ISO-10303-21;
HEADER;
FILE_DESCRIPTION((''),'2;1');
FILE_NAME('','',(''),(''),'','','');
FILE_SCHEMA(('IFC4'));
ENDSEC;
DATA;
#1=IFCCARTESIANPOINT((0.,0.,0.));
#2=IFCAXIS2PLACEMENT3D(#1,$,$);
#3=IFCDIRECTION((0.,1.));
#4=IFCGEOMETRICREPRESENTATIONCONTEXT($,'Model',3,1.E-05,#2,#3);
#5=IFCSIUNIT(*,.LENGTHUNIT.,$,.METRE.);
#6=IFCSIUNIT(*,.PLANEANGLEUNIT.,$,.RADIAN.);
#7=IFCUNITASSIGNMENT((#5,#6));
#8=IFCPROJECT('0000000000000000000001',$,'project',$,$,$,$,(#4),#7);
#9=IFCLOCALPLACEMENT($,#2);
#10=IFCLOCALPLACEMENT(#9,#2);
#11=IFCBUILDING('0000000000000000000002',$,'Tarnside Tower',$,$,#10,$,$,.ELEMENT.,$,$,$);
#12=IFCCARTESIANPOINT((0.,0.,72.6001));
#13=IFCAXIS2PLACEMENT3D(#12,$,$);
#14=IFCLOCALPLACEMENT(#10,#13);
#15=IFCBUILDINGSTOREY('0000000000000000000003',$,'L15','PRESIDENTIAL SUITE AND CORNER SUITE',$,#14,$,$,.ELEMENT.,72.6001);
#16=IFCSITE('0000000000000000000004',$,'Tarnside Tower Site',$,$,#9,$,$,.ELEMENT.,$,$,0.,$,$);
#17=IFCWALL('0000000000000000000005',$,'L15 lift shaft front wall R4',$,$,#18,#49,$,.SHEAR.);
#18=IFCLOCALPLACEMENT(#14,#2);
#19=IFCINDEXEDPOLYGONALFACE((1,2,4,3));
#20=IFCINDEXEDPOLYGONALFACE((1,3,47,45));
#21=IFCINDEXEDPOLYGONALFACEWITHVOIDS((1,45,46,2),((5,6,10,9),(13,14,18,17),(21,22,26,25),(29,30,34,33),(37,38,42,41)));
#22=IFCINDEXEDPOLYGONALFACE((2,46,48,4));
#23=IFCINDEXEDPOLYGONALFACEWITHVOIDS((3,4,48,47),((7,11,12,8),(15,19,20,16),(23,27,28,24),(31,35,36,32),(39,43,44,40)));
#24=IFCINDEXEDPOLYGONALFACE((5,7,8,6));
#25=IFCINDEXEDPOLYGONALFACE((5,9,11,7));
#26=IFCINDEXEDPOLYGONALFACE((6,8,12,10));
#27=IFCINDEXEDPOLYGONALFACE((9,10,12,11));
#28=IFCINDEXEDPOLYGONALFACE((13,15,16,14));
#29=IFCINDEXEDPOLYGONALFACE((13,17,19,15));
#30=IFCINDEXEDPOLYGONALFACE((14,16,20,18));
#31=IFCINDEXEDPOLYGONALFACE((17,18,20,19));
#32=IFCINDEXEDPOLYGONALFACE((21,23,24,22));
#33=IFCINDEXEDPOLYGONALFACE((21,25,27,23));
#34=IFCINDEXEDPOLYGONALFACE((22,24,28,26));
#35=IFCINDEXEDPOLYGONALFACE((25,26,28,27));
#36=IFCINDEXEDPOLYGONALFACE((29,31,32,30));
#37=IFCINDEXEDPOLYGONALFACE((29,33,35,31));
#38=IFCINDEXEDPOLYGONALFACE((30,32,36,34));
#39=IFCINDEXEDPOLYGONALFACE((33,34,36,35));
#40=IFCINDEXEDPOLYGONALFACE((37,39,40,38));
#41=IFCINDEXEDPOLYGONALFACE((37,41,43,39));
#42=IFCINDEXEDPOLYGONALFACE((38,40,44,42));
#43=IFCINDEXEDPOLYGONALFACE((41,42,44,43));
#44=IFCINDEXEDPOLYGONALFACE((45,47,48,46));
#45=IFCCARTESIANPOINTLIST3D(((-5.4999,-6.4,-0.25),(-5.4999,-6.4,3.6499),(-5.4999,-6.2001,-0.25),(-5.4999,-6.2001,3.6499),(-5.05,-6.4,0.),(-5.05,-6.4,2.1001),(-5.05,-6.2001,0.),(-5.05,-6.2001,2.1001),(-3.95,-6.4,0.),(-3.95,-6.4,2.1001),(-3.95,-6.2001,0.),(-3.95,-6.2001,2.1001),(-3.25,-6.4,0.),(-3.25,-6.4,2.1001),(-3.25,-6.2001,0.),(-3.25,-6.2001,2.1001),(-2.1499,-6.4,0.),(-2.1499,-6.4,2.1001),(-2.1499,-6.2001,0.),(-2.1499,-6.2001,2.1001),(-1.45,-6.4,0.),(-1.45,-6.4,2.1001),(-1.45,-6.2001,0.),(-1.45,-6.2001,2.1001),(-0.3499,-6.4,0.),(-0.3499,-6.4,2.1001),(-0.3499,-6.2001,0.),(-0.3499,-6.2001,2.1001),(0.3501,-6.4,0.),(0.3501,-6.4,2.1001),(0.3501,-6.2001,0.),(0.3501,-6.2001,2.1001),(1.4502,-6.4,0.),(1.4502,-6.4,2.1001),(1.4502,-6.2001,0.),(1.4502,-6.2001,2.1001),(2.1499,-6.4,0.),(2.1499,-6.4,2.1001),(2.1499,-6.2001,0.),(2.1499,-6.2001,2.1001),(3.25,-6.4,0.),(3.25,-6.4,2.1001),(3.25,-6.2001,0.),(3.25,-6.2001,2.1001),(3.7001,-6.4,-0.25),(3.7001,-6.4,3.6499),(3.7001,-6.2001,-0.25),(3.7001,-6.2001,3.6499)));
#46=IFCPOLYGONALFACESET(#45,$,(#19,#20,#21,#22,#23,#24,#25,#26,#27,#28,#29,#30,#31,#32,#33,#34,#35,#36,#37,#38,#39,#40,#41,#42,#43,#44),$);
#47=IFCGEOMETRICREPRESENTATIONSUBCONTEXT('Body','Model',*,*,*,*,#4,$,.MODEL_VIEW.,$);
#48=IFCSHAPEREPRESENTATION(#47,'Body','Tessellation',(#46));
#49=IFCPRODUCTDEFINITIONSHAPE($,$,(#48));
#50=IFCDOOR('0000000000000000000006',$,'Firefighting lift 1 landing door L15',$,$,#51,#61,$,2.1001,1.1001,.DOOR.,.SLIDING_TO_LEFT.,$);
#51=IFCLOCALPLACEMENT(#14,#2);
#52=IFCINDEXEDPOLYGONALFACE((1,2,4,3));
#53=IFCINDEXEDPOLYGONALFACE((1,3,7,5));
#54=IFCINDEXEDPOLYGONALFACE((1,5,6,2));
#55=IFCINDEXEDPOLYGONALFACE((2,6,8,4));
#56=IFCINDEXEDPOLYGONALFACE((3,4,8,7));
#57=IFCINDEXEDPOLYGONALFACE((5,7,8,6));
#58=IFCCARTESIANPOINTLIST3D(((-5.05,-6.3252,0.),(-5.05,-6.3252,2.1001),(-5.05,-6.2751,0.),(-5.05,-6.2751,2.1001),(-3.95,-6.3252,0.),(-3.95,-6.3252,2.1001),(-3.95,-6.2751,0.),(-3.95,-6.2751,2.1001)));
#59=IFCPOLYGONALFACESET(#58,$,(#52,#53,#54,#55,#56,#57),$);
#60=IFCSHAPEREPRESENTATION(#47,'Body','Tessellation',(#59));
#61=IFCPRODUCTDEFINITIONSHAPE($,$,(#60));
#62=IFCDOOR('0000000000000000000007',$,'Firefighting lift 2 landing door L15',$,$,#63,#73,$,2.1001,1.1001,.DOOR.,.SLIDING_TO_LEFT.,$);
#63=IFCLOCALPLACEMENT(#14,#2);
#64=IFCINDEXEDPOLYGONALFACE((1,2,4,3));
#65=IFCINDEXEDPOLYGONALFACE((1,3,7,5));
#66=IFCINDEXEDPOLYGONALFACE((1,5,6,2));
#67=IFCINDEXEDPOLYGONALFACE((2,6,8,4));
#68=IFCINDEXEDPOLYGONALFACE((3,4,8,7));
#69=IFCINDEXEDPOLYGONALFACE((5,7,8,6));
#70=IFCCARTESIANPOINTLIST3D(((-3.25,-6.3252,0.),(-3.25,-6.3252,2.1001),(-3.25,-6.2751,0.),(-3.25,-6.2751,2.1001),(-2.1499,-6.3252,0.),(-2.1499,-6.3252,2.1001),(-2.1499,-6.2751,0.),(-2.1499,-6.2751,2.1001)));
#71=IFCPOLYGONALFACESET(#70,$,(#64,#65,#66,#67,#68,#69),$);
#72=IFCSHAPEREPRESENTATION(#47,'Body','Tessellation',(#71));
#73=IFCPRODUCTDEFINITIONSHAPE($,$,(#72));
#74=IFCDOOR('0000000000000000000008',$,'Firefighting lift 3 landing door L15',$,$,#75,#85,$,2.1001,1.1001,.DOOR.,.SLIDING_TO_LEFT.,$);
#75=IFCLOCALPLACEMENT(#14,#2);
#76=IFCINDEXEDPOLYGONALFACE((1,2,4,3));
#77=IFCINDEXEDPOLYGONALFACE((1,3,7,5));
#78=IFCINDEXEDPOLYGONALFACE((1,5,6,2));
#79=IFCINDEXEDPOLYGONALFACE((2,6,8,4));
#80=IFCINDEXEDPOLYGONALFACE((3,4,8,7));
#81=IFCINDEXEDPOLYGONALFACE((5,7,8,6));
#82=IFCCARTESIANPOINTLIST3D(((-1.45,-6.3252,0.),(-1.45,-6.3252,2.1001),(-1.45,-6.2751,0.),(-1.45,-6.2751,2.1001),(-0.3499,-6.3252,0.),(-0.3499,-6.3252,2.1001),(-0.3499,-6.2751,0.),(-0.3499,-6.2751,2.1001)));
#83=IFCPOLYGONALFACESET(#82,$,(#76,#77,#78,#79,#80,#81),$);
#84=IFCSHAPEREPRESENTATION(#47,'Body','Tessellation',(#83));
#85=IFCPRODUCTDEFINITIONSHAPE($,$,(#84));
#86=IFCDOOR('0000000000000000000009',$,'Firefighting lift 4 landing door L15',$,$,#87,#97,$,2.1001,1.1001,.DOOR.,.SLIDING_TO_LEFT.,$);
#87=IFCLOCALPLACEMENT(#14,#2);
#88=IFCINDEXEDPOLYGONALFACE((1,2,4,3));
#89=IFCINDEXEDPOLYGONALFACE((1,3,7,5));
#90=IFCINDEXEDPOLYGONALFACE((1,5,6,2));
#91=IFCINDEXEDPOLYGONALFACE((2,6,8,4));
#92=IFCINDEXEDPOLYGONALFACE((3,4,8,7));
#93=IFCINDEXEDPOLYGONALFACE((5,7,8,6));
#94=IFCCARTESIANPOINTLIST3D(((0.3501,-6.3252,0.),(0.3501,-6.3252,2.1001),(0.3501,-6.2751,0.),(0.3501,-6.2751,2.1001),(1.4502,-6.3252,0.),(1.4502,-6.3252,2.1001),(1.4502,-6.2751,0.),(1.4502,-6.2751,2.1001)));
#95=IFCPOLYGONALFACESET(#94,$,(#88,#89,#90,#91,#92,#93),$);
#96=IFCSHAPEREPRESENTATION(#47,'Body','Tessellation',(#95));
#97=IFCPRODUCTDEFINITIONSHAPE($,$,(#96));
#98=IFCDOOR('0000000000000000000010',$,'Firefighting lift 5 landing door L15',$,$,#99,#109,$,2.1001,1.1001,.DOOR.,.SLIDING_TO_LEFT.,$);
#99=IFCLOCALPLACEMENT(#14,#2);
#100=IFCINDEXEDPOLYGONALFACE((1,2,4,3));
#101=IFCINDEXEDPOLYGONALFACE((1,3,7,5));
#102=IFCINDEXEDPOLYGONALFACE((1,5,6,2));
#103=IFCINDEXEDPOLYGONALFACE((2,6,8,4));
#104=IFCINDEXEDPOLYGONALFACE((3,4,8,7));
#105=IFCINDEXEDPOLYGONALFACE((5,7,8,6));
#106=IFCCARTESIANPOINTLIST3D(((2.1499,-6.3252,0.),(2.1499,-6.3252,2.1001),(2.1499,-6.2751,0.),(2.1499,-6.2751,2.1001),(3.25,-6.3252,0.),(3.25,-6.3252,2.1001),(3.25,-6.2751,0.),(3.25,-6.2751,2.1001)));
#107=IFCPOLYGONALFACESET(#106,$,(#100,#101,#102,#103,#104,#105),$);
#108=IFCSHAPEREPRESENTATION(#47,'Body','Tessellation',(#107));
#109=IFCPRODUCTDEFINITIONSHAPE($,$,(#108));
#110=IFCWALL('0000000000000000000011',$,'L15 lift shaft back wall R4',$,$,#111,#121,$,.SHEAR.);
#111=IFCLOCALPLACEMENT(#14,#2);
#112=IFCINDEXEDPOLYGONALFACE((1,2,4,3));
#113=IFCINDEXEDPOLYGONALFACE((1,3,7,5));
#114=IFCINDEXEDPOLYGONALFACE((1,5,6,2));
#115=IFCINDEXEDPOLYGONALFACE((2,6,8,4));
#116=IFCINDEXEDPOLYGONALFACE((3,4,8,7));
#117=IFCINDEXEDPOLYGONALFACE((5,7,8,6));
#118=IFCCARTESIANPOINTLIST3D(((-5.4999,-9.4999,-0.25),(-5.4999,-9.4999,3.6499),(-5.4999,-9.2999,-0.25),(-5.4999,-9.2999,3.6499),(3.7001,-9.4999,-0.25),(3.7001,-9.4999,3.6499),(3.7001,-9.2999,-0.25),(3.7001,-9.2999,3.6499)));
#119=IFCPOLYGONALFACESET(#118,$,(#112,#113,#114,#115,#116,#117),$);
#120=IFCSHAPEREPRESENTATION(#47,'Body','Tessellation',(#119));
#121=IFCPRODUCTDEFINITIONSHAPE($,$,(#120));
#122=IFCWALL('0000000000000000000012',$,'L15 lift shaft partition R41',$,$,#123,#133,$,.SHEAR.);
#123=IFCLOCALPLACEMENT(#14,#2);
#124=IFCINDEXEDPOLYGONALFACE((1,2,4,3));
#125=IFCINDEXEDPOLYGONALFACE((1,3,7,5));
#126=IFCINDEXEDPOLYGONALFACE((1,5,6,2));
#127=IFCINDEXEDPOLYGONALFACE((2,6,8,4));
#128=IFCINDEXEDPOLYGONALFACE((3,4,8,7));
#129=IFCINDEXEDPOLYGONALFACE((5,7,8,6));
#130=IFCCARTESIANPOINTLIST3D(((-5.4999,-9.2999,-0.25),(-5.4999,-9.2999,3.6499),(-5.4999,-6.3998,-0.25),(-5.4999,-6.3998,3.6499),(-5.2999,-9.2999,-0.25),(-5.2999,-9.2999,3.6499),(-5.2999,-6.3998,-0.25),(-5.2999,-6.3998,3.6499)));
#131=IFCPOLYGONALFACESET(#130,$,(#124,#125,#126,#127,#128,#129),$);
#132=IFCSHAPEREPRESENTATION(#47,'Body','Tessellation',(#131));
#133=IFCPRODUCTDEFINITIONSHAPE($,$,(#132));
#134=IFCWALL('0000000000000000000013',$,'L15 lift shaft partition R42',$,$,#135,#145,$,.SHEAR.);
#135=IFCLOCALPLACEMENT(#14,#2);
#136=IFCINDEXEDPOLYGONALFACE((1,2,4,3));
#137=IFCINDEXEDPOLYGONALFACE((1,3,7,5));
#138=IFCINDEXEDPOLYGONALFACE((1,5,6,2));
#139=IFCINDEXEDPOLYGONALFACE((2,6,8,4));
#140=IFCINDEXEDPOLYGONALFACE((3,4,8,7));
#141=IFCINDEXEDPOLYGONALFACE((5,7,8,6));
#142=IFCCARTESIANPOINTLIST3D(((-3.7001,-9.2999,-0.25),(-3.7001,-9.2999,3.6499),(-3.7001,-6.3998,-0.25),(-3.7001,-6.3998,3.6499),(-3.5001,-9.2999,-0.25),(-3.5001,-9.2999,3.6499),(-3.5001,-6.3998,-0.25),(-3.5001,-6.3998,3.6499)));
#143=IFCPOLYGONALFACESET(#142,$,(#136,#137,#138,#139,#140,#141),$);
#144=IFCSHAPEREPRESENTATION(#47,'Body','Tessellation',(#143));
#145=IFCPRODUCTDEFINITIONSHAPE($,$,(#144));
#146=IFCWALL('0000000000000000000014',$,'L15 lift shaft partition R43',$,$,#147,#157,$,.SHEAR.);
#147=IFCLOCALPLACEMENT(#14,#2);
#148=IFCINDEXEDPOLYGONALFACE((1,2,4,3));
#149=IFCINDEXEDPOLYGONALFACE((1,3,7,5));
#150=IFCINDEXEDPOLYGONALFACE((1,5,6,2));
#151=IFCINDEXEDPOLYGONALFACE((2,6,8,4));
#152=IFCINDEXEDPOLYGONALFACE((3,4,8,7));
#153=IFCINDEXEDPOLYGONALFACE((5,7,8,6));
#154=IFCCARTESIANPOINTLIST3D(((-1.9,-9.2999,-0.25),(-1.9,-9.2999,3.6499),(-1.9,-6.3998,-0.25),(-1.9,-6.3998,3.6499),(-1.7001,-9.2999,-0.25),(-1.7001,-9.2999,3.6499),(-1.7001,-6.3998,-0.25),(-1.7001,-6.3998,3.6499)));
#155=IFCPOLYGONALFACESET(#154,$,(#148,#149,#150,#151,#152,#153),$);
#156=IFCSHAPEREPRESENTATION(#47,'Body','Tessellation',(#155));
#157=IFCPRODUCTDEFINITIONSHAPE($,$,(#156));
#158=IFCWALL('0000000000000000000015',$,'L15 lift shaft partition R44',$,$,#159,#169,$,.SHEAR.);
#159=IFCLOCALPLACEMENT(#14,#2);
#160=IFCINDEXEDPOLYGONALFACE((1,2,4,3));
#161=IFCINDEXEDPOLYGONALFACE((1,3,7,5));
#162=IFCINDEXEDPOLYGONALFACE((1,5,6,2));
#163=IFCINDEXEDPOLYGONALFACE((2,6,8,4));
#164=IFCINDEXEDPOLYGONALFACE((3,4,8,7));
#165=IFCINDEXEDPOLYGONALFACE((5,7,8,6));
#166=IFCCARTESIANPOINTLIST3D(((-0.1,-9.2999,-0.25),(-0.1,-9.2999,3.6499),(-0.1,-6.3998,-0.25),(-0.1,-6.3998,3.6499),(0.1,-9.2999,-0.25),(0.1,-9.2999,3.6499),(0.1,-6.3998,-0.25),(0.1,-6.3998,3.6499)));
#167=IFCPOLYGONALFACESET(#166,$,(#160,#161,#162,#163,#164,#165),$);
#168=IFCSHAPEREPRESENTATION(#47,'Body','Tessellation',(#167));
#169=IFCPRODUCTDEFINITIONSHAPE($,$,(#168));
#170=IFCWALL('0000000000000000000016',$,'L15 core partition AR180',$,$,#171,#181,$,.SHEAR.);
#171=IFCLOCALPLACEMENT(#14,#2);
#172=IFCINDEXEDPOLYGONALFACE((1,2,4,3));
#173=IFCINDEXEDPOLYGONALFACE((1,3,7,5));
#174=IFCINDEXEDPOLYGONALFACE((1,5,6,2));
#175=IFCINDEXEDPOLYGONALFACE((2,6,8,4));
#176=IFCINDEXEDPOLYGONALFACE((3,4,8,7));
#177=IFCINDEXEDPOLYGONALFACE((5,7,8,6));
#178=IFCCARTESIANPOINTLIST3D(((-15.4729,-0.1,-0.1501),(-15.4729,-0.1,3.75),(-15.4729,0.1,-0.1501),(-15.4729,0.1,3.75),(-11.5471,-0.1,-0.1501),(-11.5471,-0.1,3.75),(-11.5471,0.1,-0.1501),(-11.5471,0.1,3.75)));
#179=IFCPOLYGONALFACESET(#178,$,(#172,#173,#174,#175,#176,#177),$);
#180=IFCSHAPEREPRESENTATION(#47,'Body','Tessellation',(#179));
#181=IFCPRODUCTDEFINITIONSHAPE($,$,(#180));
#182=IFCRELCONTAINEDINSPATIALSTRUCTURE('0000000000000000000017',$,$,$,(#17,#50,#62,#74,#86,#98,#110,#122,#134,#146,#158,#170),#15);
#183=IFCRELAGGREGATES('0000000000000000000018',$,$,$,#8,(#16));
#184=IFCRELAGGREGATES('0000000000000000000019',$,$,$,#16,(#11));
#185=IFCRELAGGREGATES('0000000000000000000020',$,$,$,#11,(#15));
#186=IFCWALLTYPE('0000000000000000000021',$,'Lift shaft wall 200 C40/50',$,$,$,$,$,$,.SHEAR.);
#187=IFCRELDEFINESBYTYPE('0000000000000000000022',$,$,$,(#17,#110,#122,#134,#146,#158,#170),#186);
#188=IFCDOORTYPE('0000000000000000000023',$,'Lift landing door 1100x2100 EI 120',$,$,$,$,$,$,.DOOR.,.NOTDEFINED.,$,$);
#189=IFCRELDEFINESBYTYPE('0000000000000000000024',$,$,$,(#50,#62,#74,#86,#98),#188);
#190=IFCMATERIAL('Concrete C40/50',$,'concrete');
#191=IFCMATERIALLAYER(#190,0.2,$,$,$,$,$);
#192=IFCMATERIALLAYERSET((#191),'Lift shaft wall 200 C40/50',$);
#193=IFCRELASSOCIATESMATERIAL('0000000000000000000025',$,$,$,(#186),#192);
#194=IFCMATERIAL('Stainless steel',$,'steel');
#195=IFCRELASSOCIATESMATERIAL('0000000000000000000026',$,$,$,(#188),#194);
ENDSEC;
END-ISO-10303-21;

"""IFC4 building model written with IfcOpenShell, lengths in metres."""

from ifc_helpers import new_model, si_unit, direction, frame, frame_2d, origin, place, context, subcontext, project, spatial, rectangle, extrude, material, layer, layer_set, type_object, element, fill, save


model = new_model("IFC4")

# Units and contexts
model_context = context("Model", 3, precision=1e-05, world=origin(), true_north=direction((0.0, 1.0)))
body_context = subcontext(model_context, "Body", "Model", "MODEL_VIEW")
ifc_project = project(units=[si_unit("LENGTHUNIT", "METRE"), si_unit("PLANEANGLEUNIT", "RADIAN")], contexts=[model_context])

# Site, building, storey
site_placement = place(None, origin())
site = spatial("IfcSite", under=ifc_project, at=site_placement, Name="Tarnside Tower Site", CompositionType="ELEMENT", RefElevation=0.0)
building_placement = place(site_placement, origin())
building = spatial("IfcBuilding", under=site, at=building_placement, Name="Tarnside Tower", CompositionType="ELEMENT")
storey_placement = place(building_placement, frame((0.0, 0.0, 72.6001)))
storey = spatial("IfcBuildingStorey", under=building, at=storey_placement, Name="L15", Description="PRESIDENTIAL SUITE AND CORNER SUITE", CompositionType="ELEMENT", Elevation=72.6001)

# Shared definitions
ifc_material_1 = material(Name="Concrete C40/50", Category="concrete")
ifc_layer_1 = layer(ifc_material_1, 0.2)
ifc_layer_set_1 = layer_set([ifc_layer_1], Name="Lift shaft wall 200 C40/50")
wall_type_1 = type_object("IfcWallType", Name="Lift shaft wall 200 C40/50", PredefinedType="SHEAR", material=ifc_layer_set_1)

# Wall, openings, doors
wall_1_placement = place(storey_placement, frame((-5.5, -6.3, -0.25), z_axis=(0.0, 0.0, 1.0), x_axis=(1.0, 0.0, 0.0)))
wall_1 = element("IfcWall", 1, at=wall_1_placement, inside=storey, type_object=wall_type_1, Name="L15 lift shaft front wall R4", PredefinedType="SHEAR", context=body_context, shape_type="SweptSolid", body=[
    extrude(rectangle(XDim=9.2, YDim=0.2, at=frame_2d((4.6001, 0.0))), origin(), (0.0, 0.0, 1.0), 3.8999),
])
opening_1_placement = place(wall_1_placement, frame((0.45, 0.0, 0.25)))
opening_1 = element("IfcOpeningElement", 2, at=opening_1_placement, cuts=wall_1, PredefinedType="OPENING", context=body_context, shape_type="SweptSolid", body=[
    extrude(rectangle(XDim=1.1001, YDim=2.1001, at=frame_2d((0.55, 1.05))), frame((0.0, 0.1099, 0.0), z_axis=(0.0, -1.0, 0.0), x_axis=(1.0, 0.0, 0.0)), (0.0, 0.0, 1.0), 0.22),
])
opening_2_placement = place(wall_1_placement, frame((2.25, 0.0, 0.25)))
opening_2 = element("IfcOpeningElement", 3, at=opening_2_placement, cuts=wall_1, PredefinedType="OPENING", context=body_context, shape_type="SweptSolid", body=[
    extrude(rectangle(XDim=1.1001, YDim=2.1001, at=frame_2d((0.55, 1.05))), frame((0.0, 0.1099, 0.0), z_axis=(0.0, -1.0, 0.0), x_axis=(1.0, 0.0, 0.0)), (0.0, 0.0, 1.0), 0.22),
])
opening_3_placement = place(wall_1_placement, frame((4.05, 0.0, 0.25)))
opening_3 = element("IfcOpeningElement", 4, at=opening_3_placement, cuts=wall_1, PredefinedType="OPENING", context=body_context, shape_type="SweptSolid", body=[
    extrude(rectangle(XDim=1.1001, YDim=2.1001, at=frame_2d((0.55, 1.05))), frame((0.0, 0.1099, 0.0), z_axis=(0.0, -1.0, 0.0), x_axis=(1.0, 0.0, 0.0)), (0.0, 0.0, 1.0), 0.22),
])
opening_4_placement = place(wall_1_placement, frame((5.8501, 0.0, 0.25)))
opening_4 = element("IfcOpeningElement", 5, at=opening_4_placement, cuts=wall_1, PredefinedType="OPENING", context=body_context, shape_type="SweptSolid", body=[
    extrude(rectangle(XDim=1.1001, YDim=2.1001, at=frame_2d((0.55, 1.05))), frame((0.0, 0.1099, 0.0), z_axis=(0.0, -1.0, 0.0), x_axis=(1.0, 0.0, 0.0)), (0.0, 0.0, 1.0), 0.22),
])
opening_5_placement = place(wall_1_placement, frame((7.6499, 0.0, 0.25)))
opening_5 = element("IfcOpeningElement", 6, at=opening_5_placement, cuts=wall_1, PredefinedType="OPENING", context=body_context, shape_type="SweptSolid", body=[
    extrude(rectangle(XDim=1.1001, YDim=2.1001, at=frame_2d((0.55, 1.05))), frame((0.0, 0.1099, 0.0), z_axis=(0.0, -1.0, 0.0), x_axis=(1.0, 0.0, 0.0)), (0.0, 0.0, 1.0), 0.22),
])
ifc_material_2 = material(Name="Stainless steel", Category="steel")
door_type_1 = type_object("IfcDoorType", Name="Lift landing door 1100x2100 EI 120", OperationType="NOTDEFINED", PredefinedType="DOOR", material=ifc_material_2)
door_1_placement = place(opening_1_placement, origin())
door_1 = element("IfcDoor", 7, at=door_1_placement, inside=storey, type_object=door_type_1, Name="Firefighting lift 1 landing door L15", OperationType="SLIDING_TO_LEFT", OverallHeight=2.1001, OverallWidth=1.1001, PredefinedType="DOOR", context=body_context, shape_type="SweptSolid", body=[
    extrude(rectangle(XDim=1.1001, YDim=2.1001, at=frame_2d((0.55, 1.05))), frame((0.0, 0.0249, 0.0), z_axis=(0.0, -1.0, 0.0), x_axis=(1.0, 0.0, 0.0)), (0.0, 0.0, 1.0), 0.05),
])
fill(opening_1, door_1)
door_2_placement = place(opening_2_placement, origin())
door_2 = element("IfcDoor", 8, at=door_2_placement, inside=storey, type_object=door_type_1, Name="Firefighting lift 2 landing door L15", OperationType="SLIDING_TO_LEFT", OverallHeight=2.1001, OverallWidth=1.1001, PredefinedType="DOOR", context=body_context, shape_type="SweptSolid", body=[
    extrude(rectangle(XDim=1.1001, YDim=2.1001, at=frame_2d((0.55, 1.05))), frame((0.0, 0.0249, 0.0), z_axis=(0.0, -1.0, 0.0), x_axis=(1.0, 0.0, 0.0)), (0.0, 0.0, 1.0), 0.05),
])
fill(opening_2, door_2)
door_3_placement = place(opening_3_placement, origin())
door_3 = element("IfcDoor", 9, at=door_3_placement, inside=storey, type_object=door_type_1, Name="Firefighting lift 3 landing door L15", OperationType="SLIDING_TO_LEFT", OverallHeight=2.1001, OverallWidth=1.1001, PredefinedType="DOOR", context=body_context, shape_type="SweptSolid", body=[
    extrude(rectangle(XDim=1.1001, YDim=2.1001, at=frame_2d((0.55, 1.05))), frame((0.0, 0.0249, 0.0), z_axis=(0.0, -1.0, 0.0), x_axis=(1.0, 0.0, 0.0)), (0.0, 0.0, 1.0), 0.05),
])
fill(opening_3, door_3)
door_4_placement = place(opening_4_placement, origin())
door_4 = element("IfcDoor", 10, at=door_4_placement, inside=storey, type_object=door_type_1, Name="Firefighting lift 4 landing door L15", OperationType="SLIDING_TO_LEFT", OverallHeight=2.1001, OverallWidth=1.1001, PredefinedType="DOOR", context=body_context, shape_type="SweptSolid", body=[
    extrude(rectangle(XDim=1.1001, YDim=2.1001, at=frame_2d((0.55, 1.05))), frame((0.0, 0.0249, 0.0), z_axis=(0.0, -1.0, 0.0), x_axis=(1.0, 0.0, 0.0)), (0.0, 0.0, 1.0), 0.05),
])
fill(opening_4, door_4)
door_5_placement = place(opening_5_placement, origin())
door_5 = element("IfcDoor", 11, at=door_5_placement, inside=storey, type_object=door_type_1, Name="Firefighting lift 5 landing door L15", OperationType="SLIDING_TO_LEFT", OverallHeight=2.1001, OverallWidth=1.1001, PredefinedType="DOOR", context=body_context, shape_type="SweptSolid", body=[
    extrude(rectangle(XDim=1.1001, YDim=2.1001, at=frame_2d((0.55, 1.05))), frame((0.0, 0.0249, 0.0), z_axis=(0.0, -1.0, 0.0), x_axis=(1.0, 0.0, 0.0)), (0.0, 0.0, 1.0), 0.05),
])
fill(opening_5, door_5)

# Walls
wall_2_placement = place(storey_placement, frame((-5.5, -9.3999, -0.25), z_axis=(0.0, 0.0, 1.0), x_axis=(1.0, 0.0, 0.0)))
element("IfcWall", 12, at=wall_2_placement, inside=storey, type_object=wall_type_1, Name="L15 lift shaft back wall R4", PredefinedType="SHEAR", context=body_context, shape_type="SweptSolid", body=[
    extrude(rectangle(XDim=9.2, YDim=0.2, at=frame_2d((4.6001, 0.0))), origin(), (0.0, 0.0, 1.0), 3.8999),
])
for number, where, z_axis, x_axis, name in (
    (13, (-5.3999, -9.3, -0.25), (0.0, 0.0, 1.0), (0.0, 1.0, 0.0), "L15 lift shaft partition R41"),
    (14, (-3.6001, -9.3, -0.25), (0.0, 0.0, 1.0), (0.0, 1.0, 0.0), "L15 lift shaft partition R42"),
    (15, (-1.8, -9.3, -0.25), (0.0, 0.0, 1.0), (0.0, 1.0, 0.0), "L15 lift shaft partition R43"),
    (16, (0.0, -9.3, -0.25), (0.0, 0.0, 1.0), (0.0, 1.0, 0.0), "L15 lift shaft partition R44"),
):
    element("IfcWall", number, at=place(storey_placement, frame(where, z_axis=z_axis, x_axis=x_axis)), inside=storey, type_object=wall_type_1, Name=name, PredefinedType="SHEAR", context=body_context, shape_type="SweptSolid", body=[
        extrude(rectangle(XDim=2.9001, YDim=0.2, at=frame_2d((1.4502, 0.0))), origin(), (0.0, 0.0, 1.0), 3.8999),
    ])
wall_3_placement = place(storey_placement, frame((-11.5471, 0.0, -0.1501), z_axis=(0.0, 0.0, 1.0), x_axis=(-1.0, 0.0, 0.0)))
element("IfcWall", 17, at=wall_3_placement, inside=storey, type_object=wall_type_1, Name="L15 core partition AR180", PredefinedType="SHEAR", context=body_context, shape_type="SweptSolid", body=[
    extrude(rectangle(XDim=3.9258, YDim=0.2, at=frame_2d((1.9629, 0.0))), origin(), (0.0, 0.0, 1.0), 3.9001),
])

save(model, "model.ifc")
